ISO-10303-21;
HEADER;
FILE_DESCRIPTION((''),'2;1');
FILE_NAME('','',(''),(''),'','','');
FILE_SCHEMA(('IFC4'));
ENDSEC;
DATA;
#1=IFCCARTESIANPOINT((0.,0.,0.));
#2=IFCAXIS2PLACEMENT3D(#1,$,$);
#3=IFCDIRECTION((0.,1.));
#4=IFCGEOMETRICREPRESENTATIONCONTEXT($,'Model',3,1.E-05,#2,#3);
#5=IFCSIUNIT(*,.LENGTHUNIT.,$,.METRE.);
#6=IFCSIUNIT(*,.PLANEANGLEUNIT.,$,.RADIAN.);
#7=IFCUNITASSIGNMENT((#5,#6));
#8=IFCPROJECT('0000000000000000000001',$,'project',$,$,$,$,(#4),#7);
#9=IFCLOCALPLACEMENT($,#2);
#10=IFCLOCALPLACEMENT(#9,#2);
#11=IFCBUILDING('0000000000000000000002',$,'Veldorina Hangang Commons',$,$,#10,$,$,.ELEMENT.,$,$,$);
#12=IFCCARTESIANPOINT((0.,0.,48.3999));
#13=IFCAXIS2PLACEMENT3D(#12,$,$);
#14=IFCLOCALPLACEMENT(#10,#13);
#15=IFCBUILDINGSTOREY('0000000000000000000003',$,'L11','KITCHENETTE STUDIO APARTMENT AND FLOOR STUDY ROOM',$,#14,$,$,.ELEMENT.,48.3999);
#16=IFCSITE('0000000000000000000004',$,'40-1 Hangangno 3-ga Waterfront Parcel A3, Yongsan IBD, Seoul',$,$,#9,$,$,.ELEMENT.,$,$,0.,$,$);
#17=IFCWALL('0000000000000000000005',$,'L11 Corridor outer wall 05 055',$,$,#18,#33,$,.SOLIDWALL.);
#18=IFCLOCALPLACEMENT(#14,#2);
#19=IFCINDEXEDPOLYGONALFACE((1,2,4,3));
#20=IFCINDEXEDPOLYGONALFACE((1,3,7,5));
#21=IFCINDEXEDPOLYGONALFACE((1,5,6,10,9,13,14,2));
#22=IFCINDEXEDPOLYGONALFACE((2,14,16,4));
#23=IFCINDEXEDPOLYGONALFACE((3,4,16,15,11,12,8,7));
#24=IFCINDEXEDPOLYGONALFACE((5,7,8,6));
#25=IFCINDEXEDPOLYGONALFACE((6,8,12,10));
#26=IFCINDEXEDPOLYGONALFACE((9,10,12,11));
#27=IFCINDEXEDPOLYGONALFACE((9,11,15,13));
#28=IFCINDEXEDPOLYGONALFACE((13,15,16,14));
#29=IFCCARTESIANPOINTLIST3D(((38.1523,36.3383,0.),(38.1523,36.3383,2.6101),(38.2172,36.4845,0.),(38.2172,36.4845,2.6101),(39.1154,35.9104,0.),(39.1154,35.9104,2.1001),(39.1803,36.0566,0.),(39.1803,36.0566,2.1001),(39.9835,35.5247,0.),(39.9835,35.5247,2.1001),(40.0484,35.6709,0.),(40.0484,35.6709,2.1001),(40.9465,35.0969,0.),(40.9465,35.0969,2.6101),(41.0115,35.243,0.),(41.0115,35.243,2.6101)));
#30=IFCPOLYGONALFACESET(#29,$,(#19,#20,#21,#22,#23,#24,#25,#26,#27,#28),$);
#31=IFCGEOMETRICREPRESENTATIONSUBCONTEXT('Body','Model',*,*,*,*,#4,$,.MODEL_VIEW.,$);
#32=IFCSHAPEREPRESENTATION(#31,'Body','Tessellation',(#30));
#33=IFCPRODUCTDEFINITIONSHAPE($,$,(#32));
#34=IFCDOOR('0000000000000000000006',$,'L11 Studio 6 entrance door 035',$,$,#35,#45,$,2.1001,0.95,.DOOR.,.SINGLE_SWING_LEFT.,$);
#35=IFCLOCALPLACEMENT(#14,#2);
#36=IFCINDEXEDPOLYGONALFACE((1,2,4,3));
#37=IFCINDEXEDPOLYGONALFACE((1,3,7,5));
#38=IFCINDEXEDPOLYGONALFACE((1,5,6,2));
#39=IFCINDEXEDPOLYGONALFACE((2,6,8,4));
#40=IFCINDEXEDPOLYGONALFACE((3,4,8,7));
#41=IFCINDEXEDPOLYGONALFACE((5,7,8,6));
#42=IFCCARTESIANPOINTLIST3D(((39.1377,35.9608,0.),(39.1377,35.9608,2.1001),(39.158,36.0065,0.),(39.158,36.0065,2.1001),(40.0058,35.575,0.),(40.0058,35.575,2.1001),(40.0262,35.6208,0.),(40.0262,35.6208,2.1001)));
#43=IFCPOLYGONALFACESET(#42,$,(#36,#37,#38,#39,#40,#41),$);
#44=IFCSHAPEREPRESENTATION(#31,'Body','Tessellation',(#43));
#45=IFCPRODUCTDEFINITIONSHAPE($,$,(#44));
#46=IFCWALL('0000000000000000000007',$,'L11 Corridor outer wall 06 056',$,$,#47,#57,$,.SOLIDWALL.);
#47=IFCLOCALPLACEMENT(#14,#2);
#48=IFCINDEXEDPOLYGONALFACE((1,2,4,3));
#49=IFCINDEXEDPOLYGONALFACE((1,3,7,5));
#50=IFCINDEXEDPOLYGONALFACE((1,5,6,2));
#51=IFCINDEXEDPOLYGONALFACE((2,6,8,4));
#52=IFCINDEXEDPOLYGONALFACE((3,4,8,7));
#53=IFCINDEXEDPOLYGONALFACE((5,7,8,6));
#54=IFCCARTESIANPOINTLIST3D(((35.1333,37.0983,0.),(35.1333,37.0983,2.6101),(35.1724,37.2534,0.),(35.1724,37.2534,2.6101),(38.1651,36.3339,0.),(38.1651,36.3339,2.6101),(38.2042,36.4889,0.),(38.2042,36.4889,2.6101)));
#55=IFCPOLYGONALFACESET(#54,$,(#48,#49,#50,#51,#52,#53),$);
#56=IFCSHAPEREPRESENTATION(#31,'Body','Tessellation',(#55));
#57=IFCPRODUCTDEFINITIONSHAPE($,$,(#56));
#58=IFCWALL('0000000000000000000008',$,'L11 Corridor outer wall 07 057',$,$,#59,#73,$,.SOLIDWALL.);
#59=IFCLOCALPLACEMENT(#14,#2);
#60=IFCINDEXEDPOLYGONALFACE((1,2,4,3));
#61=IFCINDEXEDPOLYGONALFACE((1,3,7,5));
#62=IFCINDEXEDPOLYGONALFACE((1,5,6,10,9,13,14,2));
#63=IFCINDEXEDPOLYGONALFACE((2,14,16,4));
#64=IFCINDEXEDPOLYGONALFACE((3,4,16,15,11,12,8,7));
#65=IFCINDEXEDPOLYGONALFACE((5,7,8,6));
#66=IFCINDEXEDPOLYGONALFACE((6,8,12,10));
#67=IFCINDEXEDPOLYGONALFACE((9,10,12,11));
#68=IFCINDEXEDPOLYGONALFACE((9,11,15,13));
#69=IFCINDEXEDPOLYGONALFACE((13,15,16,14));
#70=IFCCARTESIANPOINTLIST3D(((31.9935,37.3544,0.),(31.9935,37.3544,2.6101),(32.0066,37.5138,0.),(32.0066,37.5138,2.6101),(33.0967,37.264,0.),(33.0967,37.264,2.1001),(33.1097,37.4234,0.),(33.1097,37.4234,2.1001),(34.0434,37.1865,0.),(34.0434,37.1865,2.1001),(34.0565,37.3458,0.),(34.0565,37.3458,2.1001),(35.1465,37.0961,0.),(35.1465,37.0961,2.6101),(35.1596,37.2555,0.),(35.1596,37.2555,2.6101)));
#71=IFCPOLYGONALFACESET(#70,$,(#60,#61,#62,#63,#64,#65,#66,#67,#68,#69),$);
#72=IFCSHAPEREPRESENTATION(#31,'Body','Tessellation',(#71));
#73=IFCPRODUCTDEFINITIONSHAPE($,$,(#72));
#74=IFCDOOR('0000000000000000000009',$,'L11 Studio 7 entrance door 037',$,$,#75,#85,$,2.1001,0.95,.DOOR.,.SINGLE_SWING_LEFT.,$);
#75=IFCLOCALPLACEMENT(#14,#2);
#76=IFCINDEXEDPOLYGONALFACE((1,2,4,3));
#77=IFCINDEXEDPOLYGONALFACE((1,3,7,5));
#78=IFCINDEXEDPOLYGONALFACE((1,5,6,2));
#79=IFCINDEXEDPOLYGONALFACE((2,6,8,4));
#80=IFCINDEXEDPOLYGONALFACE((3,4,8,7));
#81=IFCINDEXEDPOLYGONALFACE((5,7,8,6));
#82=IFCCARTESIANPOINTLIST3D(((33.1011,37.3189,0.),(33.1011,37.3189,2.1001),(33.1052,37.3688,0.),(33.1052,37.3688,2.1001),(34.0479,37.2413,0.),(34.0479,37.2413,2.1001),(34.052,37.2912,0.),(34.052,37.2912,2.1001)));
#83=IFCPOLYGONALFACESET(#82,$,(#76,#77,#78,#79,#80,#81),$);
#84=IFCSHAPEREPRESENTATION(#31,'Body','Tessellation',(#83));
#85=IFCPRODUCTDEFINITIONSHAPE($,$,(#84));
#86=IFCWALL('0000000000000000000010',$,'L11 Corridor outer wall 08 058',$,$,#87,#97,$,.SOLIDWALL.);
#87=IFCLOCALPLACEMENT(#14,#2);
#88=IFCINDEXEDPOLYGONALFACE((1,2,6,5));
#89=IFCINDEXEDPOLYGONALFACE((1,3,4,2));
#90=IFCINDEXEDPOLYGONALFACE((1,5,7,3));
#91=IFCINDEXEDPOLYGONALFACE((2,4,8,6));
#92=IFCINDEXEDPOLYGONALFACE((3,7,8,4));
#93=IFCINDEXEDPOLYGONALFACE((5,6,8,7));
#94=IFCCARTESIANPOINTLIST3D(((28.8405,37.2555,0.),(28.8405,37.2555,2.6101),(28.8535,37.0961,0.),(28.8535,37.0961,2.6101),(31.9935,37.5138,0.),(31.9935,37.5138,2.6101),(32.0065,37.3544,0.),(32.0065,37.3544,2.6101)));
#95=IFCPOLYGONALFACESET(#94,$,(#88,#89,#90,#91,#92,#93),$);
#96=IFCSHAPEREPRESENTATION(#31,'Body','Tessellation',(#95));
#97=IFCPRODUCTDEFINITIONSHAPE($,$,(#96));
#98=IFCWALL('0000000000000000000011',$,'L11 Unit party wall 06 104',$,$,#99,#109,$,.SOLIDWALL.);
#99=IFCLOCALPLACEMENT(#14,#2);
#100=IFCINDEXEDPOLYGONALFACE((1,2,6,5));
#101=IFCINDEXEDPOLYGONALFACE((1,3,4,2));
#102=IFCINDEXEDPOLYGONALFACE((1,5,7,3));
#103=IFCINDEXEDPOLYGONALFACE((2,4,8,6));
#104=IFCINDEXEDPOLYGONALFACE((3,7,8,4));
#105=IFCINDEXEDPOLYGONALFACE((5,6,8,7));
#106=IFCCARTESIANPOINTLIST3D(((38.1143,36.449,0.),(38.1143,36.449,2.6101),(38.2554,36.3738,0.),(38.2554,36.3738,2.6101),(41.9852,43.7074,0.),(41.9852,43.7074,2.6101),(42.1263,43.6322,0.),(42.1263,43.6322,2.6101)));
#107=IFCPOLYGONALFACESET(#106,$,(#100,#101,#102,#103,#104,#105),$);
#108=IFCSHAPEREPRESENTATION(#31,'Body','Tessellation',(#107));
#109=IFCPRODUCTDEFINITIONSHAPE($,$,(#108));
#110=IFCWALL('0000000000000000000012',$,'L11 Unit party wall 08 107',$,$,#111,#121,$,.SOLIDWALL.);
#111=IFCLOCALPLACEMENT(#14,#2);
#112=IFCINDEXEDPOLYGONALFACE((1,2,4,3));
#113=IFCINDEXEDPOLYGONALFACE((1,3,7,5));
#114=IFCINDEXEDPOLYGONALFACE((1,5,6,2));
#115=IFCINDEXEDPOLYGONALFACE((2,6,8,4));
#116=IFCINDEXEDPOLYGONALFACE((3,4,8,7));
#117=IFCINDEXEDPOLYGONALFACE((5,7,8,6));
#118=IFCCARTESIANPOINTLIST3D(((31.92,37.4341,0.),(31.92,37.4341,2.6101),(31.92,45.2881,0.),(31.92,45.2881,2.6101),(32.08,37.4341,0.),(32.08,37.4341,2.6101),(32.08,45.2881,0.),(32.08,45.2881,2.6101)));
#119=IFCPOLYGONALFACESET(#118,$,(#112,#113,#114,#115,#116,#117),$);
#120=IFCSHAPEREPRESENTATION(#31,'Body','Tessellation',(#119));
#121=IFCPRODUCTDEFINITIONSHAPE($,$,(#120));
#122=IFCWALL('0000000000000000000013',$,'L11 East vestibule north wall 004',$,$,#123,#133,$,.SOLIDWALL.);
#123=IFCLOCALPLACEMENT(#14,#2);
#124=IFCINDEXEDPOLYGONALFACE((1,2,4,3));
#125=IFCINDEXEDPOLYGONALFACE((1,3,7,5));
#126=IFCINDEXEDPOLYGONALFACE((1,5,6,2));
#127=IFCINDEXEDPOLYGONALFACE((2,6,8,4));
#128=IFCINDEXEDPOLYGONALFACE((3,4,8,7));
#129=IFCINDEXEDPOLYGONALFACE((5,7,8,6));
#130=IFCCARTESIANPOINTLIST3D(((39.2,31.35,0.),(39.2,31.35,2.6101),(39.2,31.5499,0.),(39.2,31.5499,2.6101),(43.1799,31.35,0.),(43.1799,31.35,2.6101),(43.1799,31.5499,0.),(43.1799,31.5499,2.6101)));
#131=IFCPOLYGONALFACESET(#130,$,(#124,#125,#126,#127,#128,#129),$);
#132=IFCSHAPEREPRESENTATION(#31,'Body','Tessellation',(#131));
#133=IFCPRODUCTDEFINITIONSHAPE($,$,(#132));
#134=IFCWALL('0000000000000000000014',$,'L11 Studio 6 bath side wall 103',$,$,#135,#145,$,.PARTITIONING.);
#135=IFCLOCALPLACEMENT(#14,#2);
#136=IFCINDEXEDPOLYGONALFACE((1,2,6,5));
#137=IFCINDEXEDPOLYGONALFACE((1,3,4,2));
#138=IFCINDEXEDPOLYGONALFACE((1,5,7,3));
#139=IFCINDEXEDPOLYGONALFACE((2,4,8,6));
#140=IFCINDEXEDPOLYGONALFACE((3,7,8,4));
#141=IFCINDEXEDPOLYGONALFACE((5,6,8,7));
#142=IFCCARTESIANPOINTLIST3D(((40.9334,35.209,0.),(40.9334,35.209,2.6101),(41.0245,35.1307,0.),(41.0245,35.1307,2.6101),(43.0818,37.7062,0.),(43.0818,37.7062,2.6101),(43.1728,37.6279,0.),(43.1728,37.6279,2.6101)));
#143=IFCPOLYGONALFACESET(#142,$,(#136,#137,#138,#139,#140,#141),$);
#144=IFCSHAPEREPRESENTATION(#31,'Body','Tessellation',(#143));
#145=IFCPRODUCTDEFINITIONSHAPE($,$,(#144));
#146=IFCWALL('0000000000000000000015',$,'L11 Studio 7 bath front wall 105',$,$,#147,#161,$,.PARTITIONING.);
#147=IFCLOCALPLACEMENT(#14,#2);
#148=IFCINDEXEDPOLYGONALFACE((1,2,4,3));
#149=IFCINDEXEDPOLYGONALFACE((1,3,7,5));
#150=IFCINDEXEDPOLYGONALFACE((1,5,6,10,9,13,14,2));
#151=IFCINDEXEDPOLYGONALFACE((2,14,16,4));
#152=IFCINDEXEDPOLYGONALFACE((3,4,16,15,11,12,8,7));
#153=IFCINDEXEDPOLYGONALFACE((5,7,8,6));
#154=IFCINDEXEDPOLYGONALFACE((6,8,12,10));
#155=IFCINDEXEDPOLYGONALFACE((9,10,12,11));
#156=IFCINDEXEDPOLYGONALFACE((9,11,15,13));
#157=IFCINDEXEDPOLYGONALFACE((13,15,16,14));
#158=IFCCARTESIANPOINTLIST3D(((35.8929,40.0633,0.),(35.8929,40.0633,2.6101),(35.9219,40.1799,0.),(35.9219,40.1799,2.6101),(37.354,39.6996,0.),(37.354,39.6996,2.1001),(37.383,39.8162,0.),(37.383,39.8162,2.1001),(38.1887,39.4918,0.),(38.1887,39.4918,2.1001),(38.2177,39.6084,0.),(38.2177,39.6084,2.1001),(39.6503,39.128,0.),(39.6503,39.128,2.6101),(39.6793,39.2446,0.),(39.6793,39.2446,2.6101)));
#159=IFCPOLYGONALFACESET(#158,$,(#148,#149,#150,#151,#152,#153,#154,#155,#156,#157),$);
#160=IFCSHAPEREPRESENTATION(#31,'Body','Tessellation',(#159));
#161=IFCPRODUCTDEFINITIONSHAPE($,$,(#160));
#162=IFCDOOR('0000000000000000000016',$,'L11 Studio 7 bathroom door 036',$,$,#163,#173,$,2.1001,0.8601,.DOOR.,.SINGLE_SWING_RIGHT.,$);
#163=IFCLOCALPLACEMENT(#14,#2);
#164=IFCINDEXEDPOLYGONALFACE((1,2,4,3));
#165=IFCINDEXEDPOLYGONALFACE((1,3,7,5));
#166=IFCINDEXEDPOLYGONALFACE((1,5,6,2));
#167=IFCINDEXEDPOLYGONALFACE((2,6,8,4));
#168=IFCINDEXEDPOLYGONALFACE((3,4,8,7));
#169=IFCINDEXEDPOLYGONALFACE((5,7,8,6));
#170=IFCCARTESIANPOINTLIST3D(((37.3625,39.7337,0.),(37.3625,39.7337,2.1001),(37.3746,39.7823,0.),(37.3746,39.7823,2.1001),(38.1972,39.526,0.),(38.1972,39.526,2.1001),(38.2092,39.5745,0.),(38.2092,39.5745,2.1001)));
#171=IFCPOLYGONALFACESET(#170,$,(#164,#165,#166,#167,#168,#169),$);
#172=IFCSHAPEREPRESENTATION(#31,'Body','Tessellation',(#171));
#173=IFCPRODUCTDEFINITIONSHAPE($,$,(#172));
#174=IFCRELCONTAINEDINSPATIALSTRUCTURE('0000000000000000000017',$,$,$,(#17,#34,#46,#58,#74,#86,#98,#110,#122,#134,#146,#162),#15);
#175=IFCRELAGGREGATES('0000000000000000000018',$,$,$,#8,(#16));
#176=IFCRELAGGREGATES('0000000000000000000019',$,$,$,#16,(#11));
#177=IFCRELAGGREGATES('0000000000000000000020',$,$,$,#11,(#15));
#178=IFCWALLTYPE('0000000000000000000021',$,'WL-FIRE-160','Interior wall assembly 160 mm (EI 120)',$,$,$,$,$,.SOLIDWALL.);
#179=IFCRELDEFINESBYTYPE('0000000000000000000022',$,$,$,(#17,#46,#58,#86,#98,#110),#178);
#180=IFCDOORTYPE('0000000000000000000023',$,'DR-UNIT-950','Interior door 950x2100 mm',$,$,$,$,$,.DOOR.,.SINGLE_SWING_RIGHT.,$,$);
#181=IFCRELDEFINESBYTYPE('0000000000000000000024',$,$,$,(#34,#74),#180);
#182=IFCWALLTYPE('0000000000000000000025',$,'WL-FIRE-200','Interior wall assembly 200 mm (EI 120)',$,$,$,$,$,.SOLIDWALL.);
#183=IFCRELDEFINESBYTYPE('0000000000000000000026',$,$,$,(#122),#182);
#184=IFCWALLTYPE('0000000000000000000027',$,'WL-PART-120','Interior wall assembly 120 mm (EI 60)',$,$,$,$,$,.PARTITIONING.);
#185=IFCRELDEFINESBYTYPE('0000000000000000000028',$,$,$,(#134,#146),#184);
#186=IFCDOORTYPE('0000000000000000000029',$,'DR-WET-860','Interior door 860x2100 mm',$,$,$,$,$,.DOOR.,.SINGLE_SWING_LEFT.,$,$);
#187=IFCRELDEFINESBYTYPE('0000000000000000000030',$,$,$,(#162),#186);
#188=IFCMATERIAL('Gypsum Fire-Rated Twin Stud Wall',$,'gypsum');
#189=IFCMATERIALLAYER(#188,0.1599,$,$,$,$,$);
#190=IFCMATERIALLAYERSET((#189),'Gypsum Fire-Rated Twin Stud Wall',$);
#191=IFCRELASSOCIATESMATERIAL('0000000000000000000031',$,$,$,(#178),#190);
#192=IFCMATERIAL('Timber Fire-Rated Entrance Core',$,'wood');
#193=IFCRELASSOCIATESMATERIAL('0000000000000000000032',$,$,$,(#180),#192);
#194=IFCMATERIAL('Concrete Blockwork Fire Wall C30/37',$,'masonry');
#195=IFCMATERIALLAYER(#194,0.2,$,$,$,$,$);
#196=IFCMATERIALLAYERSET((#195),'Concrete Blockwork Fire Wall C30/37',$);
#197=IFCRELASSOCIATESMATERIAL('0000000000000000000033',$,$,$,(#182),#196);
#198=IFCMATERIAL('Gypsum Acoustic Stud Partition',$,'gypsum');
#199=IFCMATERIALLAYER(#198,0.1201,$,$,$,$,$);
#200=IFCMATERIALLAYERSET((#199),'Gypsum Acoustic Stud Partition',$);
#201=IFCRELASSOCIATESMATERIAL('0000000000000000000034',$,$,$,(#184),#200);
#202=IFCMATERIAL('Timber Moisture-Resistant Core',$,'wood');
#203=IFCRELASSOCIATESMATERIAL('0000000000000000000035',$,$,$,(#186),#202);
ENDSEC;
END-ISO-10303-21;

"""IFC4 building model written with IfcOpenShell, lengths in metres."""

from ifc_helpers import new_model, si_unit, direction, frame, frame_2d, origin, place, context, subcontext, project, spatial, rectangle, extrude, material, layer, layer_set, type_object, element, fill, save


model = new_model("IFC4")

# Units and contexts
model_context = context("Model", 3, precision=1e-05, world=origin(), true_north=direction((0.0, 1.0)))
body_context = subcontext(model_context, "Body", "Model", "MODEL_VIEW")
ifc_project = project(units=[si_unit("LENGTHUNIT", "METRE"), si_unit("PLANEANGLEUNIT", "RADIAN")], contexts=[model_context])

# Site, building, storey
site_placement = place(None, origin())
site = spatial("IfcSite", under=ifc_project, at=site_placement, Name="40-1 Hangangno 3-ga Waterfront Parcel A3, Yongsan IBD, Seoul", CompositionType="ELEMENT", RefElevation=0.0)
building_placement = place(site_placement, origin())
building = spatial("IfcBuilding", under=site, at=building_placement, Name="Veldorina Hangang Commons", CompositionType="ELEMENT")
storey_placement = place(building_placement, frame((0.0, 0.0, 48.3999)))
storey = spatial("IfcBuildingStorey", under=building, at=storey_placement, Name="L11", Description="KITCHENETTE STUDIO APARTMENT AND FLOOR STUDY ROOM", CompositionType="ELEMENT", Elevation=48.3999)

# Shared definitions
ifc_material_1 = material(Name="Gypsum Fire-Rated Twin Stud Wall", Category="gypsum")
ifc_layer_1 = layer(ifc_material_1, 0.1599)
ifc_layer_set_1 = layer_set([ifc_layer_1], Name="Gypsum Fire-Rated Twin Stud Wall")
wall_type_1 = type_object("IfcWallType", Name="WL-FIRE-160", Description="Interior wall assembly 160 mm (EI 120)", PredefinedType="SOLIDWALL", material=ifc_layer_set_1)

# Wall, opening, door
wall_1_placement = place(storey_placement, frame((40.979, 35.1699, 0.0), z_axis=(0.0, 0.0, 1.0), x_axis=(-0.913861, 0.406027, 0.0)))
wall_1 = element("IfcWall", 1, at=wall_1_placement, inside=storey, type_object=wall_type_1, Name="L11 Corridor outer wall 05 055", PredefinedType="SOLIDWALL", context=body_context, shape_type="SweptSolid", body=[
    extrude(rectangle(XDim=3.0576, YDim=0.1599, at=frame_2d((1.5288, 0.0))), origin(), (0.0, 0.0, 1.0), 2.6101),
])
opening_1_placement = place(wall_1_placement, frame((1.0537, 0.0, 0.0)))
opening_1 = element("IfcOpeningElement", 2, at=opening_1_placement, cuts=wall_1, PredefinedType="OPENING", context=body_context, shape_type="SweptSolid", body=[
    extrude(rectangle(XDim=0.95, YDim=2.1001, at=frame_2d((0.4751, 1.05))), frame((0.0, 0.0898, 0.0), z_axis=(0.0, -1.0, 0.0), x_axis=(1.0, 0.0, 0.0)), (0.0, 0.0, 1.0), 0.1799),
])
ifc_material_2 = material(Name="Timber Fire-Rated Entrance Core", Category="wood")
door_type_1 = type_object("IfcDoorType", Name="DR-UNIT-950", Description="Interior door 950x2100 mm", OperationType="SINGLE_SWING_RIGHT", PredefinedType="DOOR", material=ifc_material_2)
door_1_placement = place(opening_1_placement, origin())
door_1 = element("IfcDoor", 3, at=door_1_placement, inside=storey, type_object=door_type_1, Name="L11 Studio 6 entrance door 035", OperationType="SINGLE_SWING_LEFT", OverallHeight=2.1001, OverallWidth=0.95, PredefinedType="DOOR", context=body_context, shape_type="SweptSolid", body=[
    extrude(rectangle(XDim=0.95, YDim=2.1001, at=frame_2d((0.4751, 1.05))), frame((0.0, 0.0249, 0.0), z_axis=(0.0, -1.0, 0.0), x_axis=(1.0, 0.0, 0.0)), (0.0, 0.0, 1.0), 0.05),
])
fill(opening_1, door_1)

# Wall
wall_2_placement = place(storey_placement, frame((38.1848, 36.4114, 0.0), z_axis=(0.0, 0.0, 1.0), x_axis=(-0.969654, 0.244483, 0.0)))
element("IfcWall", 4, at=wall_2_placement, inside=storey, type_object=wall_type_1, Name="L11 Corridor outer wall 06 056", PredefinedType="SOLIDWALL", context=body_context, shape_type="SweptSolid", body=[
    extrude(rectangle(XDim=3.1267, YDim=0.1599, at=frame_2d((1.5635, 0.0))), origin(), (0.0, 0.0, 1.0), 2.6101),
])

# Wall, opening, door
wall_3_placement = place(storey_placement, frame((35.1531, 37.1758, 0.0), z_axis=(0.0, 0.0, 1.0), x_axis=(-0.996661, 0.081647, 0.0)))
wall_3 = element("IfcWall", 5, at=wall_3_placement, inside=storey, type_object=wall_type_1, Name="L11 Corridor outer wall 07 057", PredefinedType="SOLIDWALL", context=body_context, shape_type="SweptSolid", body=[
    extrude(rectangle(XDim=3.1636, YDim=0.1599, at=frame_2d((1.5818, 0.0))), origin(), (0.0, 0.0, 1.0), 2.6101),
])
opening_2_placement = place(wall_3_placement, frame((1.1067, 0.0, 0.0)))
opening_2 = element("IfcOpeningElement", 6, at=opening_2_placement, cuts=wall_3, PredefinedType="OPENING", context=body_context, shape_type="SweptSolid", body=[
    extrude(rectangle(XDim=0.95, YDim=2.1001, at=frame_2d((0.4751, 1.05))), frame((0.0, 0.0898, 0.0), z_axis=(0.0, -1.0, 0.0), x_axis=(1.0, 0.0, 0.0)), (0.0, 0.0, 1.0), 0.1799),
])
door_2_placement = place(opening_2_placement, origin())
door_2 = element("IfcDoor", 7, at=door_2_placement, inside=storey, type_object=door_type_1, Name="L11 Studio 7 entrance door 037", OperationType="SINGLE_SWING_LEFT", OverallHeight=2.1001, OverallWidth=0.95, PredefinedType="DOOR", context=body_context, shape_type="SweptSolid", body=[
    extrude(rectangle(XDim=0.95, YDim=2.1001, at=frame_2d((0.4751, 1.05))), frame((0.0, 0.0249, 0.0), z_axis=(0.0, -1.0, 0.0), x_axis=(1.0, 0.0, 0.0)), (0.0, 0.0, 1.0), 0.05),
])
fill(opening_2, door_2)

# Walls
wall_4_placement = place(storey_placement, frame((32.0, 37.4341, 0.0), z_axis=(0.0, 0.0, 1.0), x_axis=(-0.996661, -0.081647, 0.0)))
element("IfcWall", 8, at=wall_4_placement, inside=storey, type_object=wall_type_1, Name="L11 Corridor outer wall 08 058", PredefinedType="SOLIDWALL", context=body_context, shape_type="SweptSolid", body=[
    extrude(rectangle(XDim=3.1636, YDim=0.1599, at=frame_2d((1.5818, 0.0))), origin(), (0.0, 0.0, 1.0), 2.6101),
])
wall_5_placement = place(storey_placement, frame((38.1848, 36.4114, 0.0), z_axis=(0.0, 0.0, 1.0), x_axis=(0.470565, 0.882365, 0.0)))
element("IfcWall", 9, at=wall_5_placement, inside=storey, type_object=wall_type_1, Name="L11 Unit party wall 06 104", PredefinedType="SOLIDWALL", context=body_context, shape_type="SweptSolid", body=[
    extrude(rectangle(XDim=8.2261, YDim=0.1599, at=frame_2d((4.113, 0.0))), origin(), (0.0, 0.0, 1.0), 2.6101),
])
wall_6_placement = place(storey_placement, frame((32.0, 37.4341, 0.0), z_axis=(0.0, 0.0, 1.0), x_axis=(0.0, 1.0, 0.0)))
element("IfcWall", 10, at=wall_6_placement, inside=storey, type_object=wall_type_1, Name="L11 Unit party wall 08 107", PredefinedType="SOLIDWALL", context=body_context, shape_type="SweptSolid", body=[
    extrude(rectangle(XDim=7.854, YDim=0.1599, at=frame_2d((3.927, 0.0))), origin(), (0.0, 0.0, 1.0), 2.6101),
])
ifc_material_3 = material(Name="Concrete Blockwork Fire Wall C30/37", Category="masonry")
ifc_layer_2 = layer(ifc_material_3, 0.2)
ifc_layer_set_2 = layer_set([ifc_layer_2], Name="Concrete Blockwork Fire Wall C30/37")
wall_type_2 = type_object("IfcWallType", Name="WL-FIRE-200", Description="Interior wall assembly 200 mm (EI 120)", PredefinedType="SOLIDWALL", material=ifc_layer_set_2)
wall_7_placement = place(storey_placement, frame((39.2, 31.45, 0.0), z_axis=(0.0, 0.0, 1.0), x_axis=(1.0, 0.0, 0.0)))
element("IfcWall", 11, at=wall_7_placement, inside=storey, type_object=wall_type_2, Name="L11 East vestibule north wall 004", PredefinedType="SOLIDWALL", context=body_context, shape_type="SweptSolid", body=[
    extrude(rectangle(XDim=3.98, YDim=0.2, at=frame_2d((1.99, 0.0))), origin(), (0.0, 0.0, 1.0), 2.6101),
])
ifc_material_4 = material(Name="Gypsum Acoustic Stud Partition", Category="gypsum")
ifc_layer_3 = layer(ifc_material_4, 0.1201)
ifc_layer_set_3 = layer_set([ifc_layer_3], Name="Gypsum Acoustic Stud Partition")
wall_type_3 = type_object("IfcWallType", Name="WL-PART-120", Description="Interior wall assembly 120 mm (EI 60)", PredefinedType="PARTITIONING", material=ifc_layer_set_3)
wall_8_placement = place(storey_placement, frame((40.979, 35.1699, 0.0), z_axis=(0.0, 0.0, 1.0), x_axis=(0.65217, 0.758073, 0.0)))
element("IfcWall", 12, at=wall_8_placement, inside=storey, type_object=wall_type_3, Name="L11 Studio 6 bath side wall 103", PredefinedType="PARTITIONING", context=body_context, shape_type="SweptSolid", body=[
    extrude(rectangle(XDim=3.2942, YDim=0.1201, at=frame_2d((1.647, 0.0))), origin(), (0.0, 0.0, 1.0), 2.6101),
])

# Wall, opening, door
wall_9_placement = place(storey_placement, frame((39.6648, 39.1863, 0.0), z_axis=(0.0, 0.0, 1.0), x_axis=(-0.970387, 0.241556, 0.0)))
wall_9 = element("IfcWall", 13, at=wall_9_placement, inside=storey, type_object=wall_type_3, Name="L11 Studio 7 bath front wall 105", PredefinedType="PARTITIONING", context=body_context, shape_type="SweptSolid", body=[
    extrude(rectangle(XDim=3.8721, YDim=0.1201, at=frame_2d((1.936, 0.0))), origin(), (0.0, 0.0, 1.0), 2.6101),
])
opening_3_placement = place(wall_9_placement, frame((1.5061, 0.0, 0.0)))
opening_3 = element("IfcOpeningElement", 14, at=opening_3_placement, cuts=wall_9, PredefinedType="OPENING", context=body_context, shape_type="SweptSolid", body=[
    extrude(rectangle(XDim=0.8601, YDim=2.1001, at=frame_2d((0.4302, 1.05))), frame((0.0, 0.0701, 0.0), z_axis=(0.0, -1.0, 0.0), x_axis=(1.0, 0.0, 0.0)), (0.0, 0.0, 1.0), 0.1401),
])
ifc_material_5 = material(Name="Timber Moisture-Resistant Core", Category="wood")
door_type_2 = type_object("IfcDoorType", Name="DR-WET-860", Description="Interior door 860x2100 mm", OperationType="SINGLE_SWING_LEFT", PredefinedType="DOOR", material=ifc_material_5)
door_3_placement = place(opening_3_placement, origin())
door_3 = element("IfcDoor", 15, at=door_3_placement, inside=storey, type_object=door_type_2, Name="L11 Studio 7 bathroom door 036", OperationType="SINGLE_SWING_RIGHT", OverallHeight=2.1001, OverallWidth=0.8601, PredefinedType="DOOR", context=body_context, shape_type="SweptSolid", body=[
    extrude(rectangle(XDim=0.8601, YDim=2.1001, at=frame_2d((0.4302, 1.05))), frame((0.0, 0.0249, 0.0), z_axis=(0.0, -1.0, 0.0), x_axis=(1.0, 0.0, 0.0)), (0.0, 0.0, 1.0), 0.05),
])
fill(opening_3, door_3)

save(model, "model.ifc")
